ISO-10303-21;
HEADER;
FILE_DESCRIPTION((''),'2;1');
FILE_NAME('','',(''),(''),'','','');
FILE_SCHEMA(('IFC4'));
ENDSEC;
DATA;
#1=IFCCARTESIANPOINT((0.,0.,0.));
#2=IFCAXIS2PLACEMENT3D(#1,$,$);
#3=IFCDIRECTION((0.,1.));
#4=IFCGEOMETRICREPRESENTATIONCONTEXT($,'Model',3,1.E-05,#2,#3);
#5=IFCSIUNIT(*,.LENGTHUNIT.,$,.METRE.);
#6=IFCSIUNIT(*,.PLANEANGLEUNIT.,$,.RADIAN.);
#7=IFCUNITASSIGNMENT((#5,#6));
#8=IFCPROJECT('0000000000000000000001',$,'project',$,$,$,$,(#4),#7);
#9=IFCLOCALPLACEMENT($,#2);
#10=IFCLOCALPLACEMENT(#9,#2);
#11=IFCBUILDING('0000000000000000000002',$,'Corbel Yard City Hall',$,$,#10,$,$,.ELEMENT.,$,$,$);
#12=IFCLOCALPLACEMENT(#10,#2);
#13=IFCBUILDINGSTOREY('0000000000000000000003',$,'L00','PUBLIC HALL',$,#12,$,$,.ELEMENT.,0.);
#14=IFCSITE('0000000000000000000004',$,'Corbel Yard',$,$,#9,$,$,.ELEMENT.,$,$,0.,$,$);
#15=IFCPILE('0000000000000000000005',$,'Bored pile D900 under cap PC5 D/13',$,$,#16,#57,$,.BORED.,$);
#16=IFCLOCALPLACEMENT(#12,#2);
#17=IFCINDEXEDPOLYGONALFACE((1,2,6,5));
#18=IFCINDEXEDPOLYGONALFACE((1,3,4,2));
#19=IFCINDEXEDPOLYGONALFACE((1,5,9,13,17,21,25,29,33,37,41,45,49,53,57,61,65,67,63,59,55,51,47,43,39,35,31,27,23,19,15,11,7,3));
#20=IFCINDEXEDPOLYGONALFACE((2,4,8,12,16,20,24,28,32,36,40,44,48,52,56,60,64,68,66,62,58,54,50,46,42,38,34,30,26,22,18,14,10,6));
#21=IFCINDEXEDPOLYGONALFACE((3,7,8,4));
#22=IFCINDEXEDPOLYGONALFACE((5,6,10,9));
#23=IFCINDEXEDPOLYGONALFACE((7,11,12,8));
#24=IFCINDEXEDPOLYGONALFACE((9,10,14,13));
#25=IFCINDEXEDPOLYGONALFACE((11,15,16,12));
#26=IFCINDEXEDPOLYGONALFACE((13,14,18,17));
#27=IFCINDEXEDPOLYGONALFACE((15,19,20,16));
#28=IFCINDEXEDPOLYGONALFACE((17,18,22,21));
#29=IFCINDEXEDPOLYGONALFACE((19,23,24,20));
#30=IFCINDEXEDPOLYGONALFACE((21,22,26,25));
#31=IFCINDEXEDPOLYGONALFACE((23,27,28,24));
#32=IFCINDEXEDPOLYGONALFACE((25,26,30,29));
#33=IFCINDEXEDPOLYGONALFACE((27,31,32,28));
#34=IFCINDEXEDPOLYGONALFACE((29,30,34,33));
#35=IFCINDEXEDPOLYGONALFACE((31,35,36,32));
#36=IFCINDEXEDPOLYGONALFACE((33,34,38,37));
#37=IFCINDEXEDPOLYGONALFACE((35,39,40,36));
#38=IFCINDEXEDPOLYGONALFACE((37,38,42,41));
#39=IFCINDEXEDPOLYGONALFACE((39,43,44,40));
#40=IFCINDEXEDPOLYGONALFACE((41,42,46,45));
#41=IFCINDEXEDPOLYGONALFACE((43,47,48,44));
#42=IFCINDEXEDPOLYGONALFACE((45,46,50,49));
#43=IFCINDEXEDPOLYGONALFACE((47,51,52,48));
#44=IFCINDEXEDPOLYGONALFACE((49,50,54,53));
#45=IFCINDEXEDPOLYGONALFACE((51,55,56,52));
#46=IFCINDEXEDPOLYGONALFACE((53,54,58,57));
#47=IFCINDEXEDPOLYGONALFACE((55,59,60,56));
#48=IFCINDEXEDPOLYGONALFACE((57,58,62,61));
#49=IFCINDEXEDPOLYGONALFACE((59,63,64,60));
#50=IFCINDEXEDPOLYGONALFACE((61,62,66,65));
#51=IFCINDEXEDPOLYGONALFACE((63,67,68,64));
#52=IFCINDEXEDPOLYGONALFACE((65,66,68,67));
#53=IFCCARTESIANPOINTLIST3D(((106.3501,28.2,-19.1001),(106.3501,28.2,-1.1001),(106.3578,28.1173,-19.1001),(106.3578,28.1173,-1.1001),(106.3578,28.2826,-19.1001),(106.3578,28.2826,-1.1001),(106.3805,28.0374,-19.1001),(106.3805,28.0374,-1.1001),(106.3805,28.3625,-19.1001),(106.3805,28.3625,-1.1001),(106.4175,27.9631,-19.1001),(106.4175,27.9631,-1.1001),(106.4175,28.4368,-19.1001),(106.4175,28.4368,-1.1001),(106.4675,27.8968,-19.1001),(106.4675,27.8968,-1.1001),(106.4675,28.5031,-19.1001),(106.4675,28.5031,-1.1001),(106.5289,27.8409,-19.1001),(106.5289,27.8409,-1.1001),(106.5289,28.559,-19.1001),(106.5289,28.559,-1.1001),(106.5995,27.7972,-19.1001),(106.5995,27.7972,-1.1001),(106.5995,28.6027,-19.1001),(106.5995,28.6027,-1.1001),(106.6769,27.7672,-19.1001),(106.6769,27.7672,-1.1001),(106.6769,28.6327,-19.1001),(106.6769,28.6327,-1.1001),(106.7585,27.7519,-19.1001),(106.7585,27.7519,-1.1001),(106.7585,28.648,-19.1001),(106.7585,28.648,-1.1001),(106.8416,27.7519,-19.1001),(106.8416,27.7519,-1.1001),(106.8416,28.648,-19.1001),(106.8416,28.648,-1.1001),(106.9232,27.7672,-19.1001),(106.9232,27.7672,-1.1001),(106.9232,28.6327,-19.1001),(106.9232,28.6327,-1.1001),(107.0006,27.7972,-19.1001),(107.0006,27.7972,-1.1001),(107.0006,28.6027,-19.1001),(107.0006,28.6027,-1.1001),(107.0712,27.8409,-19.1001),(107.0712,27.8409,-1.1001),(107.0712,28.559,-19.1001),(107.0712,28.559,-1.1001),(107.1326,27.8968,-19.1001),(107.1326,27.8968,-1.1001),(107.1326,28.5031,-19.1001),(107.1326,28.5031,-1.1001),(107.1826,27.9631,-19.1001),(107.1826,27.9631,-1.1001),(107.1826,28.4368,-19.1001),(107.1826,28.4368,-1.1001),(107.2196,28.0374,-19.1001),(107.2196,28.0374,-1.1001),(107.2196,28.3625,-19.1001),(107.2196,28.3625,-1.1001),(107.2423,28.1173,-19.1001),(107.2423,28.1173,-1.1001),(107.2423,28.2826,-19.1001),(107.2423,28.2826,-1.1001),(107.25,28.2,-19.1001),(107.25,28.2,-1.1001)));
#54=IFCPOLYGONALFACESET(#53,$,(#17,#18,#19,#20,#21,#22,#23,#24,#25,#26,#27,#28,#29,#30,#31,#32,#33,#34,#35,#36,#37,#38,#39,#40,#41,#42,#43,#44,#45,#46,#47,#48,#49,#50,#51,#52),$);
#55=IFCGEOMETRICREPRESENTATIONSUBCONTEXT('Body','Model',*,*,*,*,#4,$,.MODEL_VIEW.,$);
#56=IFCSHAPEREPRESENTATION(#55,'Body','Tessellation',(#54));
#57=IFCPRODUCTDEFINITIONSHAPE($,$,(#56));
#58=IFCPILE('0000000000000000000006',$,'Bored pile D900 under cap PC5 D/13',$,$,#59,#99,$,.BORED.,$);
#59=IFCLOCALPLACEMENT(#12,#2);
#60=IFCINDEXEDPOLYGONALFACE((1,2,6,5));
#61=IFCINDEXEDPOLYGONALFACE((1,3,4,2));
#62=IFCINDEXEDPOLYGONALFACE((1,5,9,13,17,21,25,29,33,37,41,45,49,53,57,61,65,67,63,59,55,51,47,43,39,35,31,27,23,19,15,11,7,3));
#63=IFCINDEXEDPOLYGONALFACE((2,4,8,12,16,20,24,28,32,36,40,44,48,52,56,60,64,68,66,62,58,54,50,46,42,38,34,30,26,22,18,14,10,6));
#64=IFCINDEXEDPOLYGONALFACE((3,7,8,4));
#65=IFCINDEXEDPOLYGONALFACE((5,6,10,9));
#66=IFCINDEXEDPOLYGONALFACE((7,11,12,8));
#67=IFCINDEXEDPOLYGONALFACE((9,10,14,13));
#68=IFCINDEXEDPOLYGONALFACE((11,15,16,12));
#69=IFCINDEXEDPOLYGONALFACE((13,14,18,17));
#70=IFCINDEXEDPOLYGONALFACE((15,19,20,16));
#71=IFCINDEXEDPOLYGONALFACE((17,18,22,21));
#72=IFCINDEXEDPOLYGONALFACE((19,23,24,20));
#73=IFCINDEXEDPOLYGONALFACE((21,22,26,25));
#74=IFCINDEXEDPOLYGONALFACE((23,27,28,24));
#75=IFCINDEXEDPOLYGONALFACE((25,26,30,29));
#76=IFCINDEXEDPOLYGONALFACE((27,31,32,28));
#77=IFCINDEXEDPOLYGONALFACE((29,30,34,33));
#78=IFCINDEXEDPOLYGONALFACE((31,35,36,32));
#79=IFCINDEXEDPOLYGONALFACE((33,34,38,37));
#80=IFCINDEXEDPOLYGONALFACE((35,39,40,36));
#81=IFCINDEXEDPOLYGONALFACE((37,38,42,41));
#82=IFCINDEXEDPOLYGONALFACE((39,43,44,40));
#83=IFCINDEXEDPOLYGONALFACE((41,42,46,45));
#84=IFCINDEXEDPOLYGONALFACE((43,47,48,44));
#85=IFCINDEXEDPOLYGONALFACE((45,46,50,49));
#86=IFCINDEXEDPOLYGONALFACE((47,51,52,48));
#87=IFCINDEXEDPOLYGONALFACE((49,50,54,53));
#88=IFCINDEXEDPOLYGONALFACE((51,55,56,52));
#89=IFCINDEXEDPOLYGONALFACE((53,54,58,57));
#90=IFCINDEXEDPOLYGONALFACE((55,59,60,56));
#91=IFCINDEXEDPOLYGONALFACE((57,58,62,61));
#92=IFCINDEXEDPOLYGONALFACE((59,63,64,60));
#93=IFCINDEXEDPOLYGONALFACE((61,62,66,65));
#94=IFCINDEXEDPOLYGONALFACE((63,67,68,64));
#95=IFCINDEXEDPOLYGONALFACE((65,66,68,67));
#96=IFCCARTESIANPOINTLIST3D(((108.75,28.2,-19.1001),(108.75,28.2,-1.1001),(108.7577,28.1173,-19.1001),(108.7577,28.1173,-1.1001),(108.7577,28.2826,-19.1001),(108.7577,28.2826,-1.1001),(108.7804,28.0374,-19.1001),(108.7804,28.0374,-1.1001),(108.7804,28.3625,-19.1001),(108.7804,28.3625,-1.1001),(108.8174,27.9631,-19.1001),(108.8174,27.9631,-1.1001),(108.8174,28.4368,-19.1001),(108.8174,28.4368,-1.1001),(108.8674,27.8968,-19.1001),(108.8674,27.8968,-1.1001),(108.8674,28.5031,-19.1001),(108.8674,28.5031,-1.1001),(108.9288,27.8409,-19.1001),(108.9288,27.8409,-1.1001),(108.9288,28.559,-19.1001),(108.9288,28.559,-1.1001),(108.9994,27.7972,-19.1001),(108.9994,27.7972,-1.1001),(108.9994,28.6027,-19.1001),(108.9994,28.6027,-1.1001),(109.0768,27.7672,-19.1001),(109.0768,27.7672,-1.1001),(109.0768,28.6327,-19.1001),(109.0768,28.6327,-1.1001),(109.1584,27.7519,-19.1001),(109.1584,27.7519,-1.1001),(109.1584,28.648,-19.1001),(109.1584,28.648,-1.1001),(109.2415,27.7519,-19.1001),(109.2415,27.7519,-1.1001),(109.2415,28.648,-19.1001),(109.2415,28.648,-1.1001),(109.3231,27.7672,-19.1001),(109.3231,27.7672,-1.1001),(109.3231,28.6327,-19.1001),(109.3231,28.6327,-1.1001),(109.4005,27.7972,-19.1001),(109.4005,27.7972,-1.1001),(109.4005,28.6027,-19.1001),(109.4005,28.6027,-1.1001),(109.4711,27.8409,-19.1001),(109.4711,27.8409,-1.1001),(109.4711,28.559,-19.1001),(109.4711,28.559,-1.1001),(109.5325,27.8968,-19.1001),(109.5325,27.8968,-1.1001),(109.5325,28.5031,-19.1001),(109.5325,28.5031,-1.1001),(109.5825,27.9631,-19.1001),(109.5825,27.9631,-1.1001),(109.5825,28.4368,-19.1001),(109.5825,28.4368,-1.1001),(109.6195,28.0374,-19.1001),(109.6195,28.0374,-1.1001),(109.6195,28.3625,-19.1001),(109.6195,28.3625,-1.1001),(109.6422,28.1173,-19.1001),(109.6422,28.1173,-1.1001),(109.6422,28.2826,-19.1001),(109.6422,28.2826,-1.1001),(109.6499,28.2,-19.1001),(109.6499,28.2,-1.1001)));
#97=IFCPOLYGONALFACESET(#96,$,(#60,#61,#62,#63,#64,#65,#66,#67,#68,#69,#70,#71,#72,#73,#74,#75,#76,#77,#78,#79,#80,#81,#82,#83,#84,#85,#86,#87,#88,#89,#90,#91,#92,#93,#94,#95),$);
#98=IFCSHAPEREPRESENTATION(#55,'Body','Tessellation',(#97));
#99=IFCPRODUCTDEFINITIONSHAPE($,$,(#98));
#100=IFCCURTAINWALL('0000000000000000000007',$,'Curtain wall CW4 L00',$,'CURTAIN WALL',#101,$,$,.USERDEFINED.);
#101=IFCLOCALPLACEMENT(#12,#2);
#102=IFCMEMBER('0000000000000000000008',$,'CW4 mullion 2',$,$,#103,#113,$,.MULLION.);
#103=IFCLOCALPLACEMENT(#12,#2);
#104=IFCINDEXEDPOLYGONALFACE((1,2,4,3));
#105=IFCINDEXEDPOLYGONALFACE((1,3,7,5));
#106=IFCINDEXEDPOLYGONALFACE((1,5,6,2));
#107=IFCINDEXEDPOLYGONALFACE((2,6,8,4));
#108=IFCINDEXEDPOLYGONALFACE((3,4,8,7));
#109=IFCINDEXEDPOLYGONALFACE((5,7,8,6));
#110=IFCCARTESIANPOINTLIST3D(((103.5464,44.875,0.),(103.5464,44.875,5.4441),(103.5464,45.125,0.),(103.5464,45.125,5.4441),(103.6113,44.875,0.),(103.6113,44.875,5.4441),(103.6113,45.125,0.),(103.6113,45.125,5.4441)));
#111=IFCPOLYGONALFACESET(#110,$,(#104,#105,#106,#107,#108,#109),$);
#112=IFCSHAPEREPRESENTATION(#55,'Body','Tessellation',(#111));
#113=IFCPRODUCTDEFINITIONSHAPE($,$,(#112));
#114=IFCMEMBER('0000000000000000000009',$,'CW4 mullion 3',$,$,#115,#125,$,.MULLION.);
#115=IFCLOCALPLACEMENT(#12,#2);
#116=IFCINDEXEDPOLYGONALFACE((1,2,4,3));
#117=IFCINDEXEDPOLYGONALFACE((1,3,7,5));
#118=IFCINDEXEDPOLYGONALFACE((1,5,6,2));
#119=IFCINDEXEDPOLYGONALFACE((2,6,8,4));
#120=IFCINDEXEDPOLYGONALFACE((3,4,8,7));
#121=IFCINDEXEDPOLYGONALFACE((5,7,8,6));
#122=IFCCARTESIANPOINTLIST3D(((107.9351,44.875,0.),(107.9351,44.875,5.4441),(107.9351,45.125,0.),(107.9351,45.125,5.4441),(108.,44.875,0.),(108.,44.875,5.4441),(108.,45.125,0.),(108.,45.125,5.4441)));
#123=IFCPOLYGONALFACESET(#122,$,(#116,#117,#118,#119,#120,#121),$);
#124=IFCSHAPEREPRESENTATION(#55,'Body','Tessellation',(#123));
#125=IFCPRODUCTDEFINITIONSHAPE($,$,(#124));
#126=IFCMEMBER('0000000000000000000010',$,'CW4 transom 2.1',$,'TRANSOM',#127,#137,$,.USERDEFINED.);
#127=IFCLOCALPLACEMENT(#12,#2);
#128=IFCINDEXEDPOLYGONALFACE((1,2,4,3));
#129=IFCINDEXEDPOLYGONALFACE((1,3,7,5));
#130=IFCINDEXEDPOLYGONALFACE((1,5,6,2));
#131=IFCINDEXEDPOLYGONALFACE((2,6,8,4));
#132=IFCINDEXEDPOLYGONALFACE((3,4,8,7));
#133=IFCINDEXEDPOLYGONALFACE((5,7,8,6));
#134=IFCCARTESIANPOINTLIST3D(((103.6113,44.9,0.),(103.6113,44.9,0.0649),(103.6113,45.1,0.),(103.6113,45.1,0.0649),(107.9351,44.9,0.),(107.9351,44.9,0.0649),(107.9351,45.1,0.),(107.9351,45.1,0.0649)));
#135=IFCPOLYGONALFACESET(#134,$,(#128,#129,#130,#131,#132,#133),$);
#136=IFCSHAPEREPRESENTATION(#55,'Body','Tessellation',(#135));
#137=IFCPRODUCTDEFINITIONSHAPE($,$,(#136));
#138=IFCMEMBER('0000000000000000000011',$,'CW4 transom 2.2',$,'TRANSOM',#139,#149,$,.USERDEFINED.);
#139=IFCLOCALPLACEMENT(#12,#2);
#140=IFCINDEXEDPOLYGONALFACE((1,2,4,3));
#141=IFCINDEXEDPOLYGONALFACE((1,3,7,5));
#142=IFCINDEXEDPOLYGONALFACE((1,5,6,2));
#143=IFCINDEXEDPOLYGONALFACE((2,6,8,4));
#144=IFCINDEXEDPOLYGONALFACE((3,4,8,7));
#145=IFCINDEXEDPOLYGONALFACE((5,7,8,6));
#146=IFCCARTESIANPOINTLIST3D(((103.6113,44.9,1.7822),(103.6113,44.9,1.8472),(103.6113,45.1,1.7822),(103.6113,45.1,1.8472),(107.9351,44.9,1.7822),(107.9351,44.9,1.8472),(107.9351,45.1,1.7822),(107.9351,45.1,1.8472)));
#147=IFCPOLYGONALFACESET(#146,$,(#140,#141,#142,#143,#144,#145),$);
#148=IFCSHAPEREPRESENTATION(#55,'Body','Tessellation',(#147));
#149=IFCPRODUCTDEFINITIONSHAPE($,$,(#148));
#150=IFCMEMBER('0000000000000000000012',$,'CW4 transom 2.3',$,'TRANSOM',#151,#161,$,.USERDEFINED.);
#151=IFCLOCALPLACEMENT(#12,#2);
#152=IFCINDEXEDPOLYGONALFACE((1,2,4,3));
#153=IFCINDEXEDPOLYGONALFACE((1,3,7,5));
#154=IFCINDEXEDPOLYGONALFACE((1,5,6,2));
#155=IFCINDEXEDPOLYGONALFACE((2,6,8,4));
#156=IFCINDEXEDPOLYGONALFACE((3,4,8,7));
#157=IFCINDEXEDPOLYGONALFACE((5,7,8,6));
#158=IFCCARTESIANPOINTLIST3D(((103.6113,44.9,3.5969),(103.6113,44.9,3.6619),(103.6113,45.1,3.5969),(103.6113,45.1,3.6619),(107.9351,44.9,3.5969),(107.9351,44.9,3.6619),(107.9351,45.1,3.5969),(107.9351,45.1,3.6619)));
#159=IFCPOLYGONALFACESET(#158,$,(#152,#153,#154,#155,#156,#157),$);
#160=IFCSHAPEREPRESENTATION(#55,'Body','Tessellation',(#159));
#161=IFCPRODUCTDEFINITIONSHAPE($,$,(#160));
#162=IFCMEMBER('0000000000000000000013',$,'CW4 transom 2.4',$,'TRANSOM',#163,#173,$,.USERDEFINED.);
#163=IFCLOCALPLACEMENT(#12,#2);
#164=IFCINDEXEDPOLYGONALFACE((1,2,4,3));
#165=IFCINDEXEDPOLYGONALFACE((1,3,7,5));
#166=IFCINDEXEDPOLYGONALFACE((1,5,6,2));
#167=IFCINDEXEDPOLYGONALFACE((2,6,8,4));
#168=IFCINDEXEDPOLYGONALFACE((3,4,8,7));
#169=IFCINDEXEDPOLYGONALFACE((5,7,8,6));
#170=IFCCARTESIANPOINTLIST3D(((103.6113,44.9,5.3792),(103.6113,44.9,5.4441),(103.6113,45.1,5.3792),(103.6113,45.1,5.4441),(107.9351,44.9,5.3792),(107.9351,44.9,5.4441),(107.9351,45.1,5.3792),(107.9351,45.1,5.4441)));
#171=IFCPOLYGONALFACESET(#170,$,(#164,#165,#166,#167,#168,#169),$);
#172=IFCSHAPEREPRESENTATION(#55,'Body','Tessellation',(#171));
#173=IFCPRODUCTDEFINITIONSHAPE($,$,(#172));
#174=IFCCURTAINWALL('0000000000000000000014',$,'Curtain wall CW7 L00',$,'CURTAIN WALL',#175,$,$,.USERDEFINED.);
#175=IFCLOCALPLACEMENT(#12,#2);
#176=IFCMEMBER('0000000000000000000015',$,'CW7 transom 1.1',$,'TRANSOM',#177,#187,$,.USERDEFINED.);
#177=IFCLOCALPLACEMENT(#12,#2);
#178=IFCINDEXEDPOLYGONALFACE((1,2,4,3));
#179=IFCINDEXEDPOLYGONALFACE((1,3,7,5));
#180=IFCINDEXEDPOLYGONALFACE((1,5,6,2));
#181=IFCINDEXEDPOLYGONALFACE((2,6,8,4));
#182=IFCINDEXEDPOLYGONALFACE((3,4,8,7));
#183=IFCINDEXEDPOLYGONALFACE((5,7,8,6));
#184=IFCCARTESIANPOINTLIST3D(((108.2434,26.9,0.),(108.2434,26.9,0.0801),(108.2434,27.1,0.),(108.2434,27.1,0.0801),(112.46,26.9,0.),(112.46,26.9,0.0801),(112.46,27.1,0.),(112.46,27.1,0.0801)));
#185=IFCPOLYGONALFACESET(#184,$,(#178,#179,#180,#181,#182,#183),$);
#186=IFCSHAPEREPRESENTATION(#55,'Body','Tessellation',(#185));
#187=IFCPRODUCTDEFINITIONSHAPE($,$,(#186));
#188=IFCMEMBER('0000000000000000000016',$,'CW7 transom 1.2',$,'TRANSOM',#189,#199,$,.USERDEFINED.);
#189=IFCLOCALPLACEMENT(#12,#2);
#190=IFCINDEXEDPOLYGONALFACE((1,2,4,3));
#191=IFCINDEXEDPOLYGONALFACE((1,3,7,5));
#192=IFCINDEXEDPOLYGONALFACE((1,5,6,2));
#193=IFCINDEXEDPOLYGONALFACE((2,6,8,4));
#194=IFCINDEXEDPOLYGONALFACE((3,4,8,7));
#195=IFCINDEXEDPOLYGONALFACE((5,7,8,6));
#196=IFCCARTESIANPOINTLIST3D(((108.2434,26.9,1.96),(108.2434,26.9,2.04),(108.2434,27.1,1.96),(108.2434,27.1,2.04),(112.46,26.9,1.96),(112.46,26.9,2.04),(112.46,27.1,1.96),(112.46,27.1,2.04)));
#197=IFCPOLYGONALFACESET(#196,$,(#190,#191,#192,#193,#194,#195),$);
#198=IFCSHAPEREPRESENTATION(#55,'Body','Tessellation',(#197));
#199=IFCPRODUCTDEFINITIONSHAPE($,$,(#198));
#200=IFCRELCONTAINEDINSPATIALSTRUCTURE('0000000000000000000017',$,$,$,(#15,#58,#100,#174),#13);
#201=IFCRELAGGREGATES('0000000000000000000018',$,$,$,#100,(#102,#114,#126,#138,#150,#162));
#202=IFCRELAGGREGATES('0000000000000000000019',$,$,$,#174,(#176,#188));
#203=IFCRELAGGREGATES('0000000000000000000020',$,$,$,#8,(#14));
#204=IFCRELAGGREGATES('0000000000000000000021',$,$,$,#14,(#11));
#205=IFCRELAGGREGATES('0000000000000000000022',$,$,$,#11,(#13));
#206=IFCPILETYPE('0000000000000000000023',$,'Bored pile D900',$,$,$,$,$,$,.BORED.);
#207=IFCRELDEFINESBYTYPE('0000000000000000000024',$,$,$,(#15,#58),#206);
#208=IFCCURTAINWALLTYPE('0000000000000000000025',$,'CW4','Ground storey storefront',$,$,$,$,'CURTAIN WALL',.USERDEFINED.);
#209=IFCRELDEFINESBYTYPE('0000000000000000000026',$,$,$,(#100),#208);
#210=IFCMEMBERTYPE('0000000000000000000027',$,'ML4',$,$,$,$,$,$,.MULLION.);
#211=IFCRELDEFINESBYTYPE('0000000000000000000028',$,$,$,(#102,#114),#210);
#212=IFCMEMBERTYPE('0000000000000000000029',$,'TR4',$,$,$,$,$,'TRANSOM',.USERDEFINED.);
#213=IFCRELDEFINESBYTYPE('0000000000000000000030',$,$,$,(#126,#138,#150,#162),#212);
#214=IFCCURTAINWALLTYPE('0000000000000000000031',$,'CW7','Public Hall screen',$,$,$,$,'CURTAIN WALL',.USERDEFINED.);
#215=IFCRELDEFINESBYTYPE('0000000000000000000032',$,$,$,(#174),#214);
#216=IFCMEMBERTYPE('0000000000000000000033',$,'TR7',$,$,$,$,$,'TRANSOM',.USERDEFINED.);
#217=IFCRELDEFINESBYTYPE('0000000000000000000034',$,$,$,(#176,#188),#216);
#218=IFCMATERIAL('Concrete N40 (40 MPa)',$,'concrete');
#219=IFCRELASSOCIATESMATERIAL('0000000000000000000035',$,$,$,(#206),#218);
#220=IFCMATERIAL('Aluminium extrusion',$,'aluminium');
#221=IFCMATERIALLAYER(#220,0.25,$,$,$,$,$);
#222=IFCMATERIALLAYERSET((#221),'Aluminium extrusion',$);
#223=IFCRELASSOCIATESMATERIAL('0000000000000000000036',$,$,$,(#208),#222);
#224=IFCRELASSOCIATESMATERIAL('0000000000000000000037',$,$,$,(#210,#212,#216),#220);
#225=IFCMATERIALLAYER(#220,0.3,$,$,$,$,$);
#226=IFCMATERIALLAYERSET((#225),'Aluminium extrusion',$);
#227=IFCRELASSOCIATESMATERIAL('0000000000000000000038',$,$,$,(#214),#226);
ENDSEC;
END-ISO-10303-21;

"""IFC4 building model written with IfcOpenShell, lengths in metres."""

from ifc_helpers import new_model, si_unit, direction, frame, origin, origin_2d, place, context, subcontext, project, spatial, rectangle, circle, extrude, material, layer, layer_set, material_profile, profile_set, type_object, element, aggregate, save


model = new_model("IFC4")

# Units and contexts
model_context = context("Model", 3, precision=1e-05, world=origin(), true_north=direction((0.0, 1.0)))
body_context = subcontext(model_context, "Body", "Model", "MODEL_VIEW")
ifc_project = project(units=[si_unit("LENGTHUNIT", "METRE"), si_unit("PLANEANGLEUNIT", "RADIAN")], contexts=[model_context])

# Site, building, storey
site_placement = place(None, origin())
site = spatial("IfcSite", under=ifc_project, at=site_placement, Name="Corbel Yard", CompositionType="ELEMENT", RefElevation=0.0)
building_placement = place(site_placement, origin())
building = spatial("IfcBuilding", under=site, at=building_placement, Name="Corbel Yard City Hall", CompositionType="ELEMENT")
storey_placement = place(building_placement, origin())
storey = spatial("IfcBuildingStorey", under=building, at=storey_placement, Name="L00", Description="PUBLIC HALL", CompositionType="ELEMENT", Elevation=0.0)

# Piles
ifc_material_1 = material(Name="Concrete N40 (40 MPa)", Category="concrete")
ifc_material_profile_1 = material_profile(ifc_material_1, circle(Radius=0.45, at=origin_2d()), Name="D900")
ifc_profile_set_1 = profile_set([ifc_material_profile_1], Name="Concrete N40 (40 MPa)")
pile_type = type_object("IfcPileType", Name="Bored pile D900", PredefinedType="BORED", material=ifc_profile_set_1)
for number, where, z_axis, x_axis, name in (
    (1, (106.8, 28.2, -1.1001), (0.0, 0.0, -1.0), (1.0, 0.0, 0.0), "Bored pile D900 under cap PC5 D/13"),
    (2, (109.2, 28.2, -1.1001), (0.0, 0.0, -1.0), (1.0, 0.0, 0.0), "Bored pile D900 under cap PC5 D/13"),
):
    element("IfcPile", number, at=place(storey_placement, frame(where, z_axis=z_axis, x_axis=x_axis)), inside=storey, type_object=pile_type, Name=name, PredefinedType="BORED", context=body_context, shape_type="SweptSolid", body=[
        extrude(circle(Radius=0.45, at=origin_2d()), origin(), (0.0, 0.0, 1.0), 18.0),
    ])

# Curtain walls, members
ifc_material_2 = material(Name="Aluminium extrusion", Category="aluminium")
ifc_layer_1 = layer(ifc_material_2, 0.25)
ifc_layer_set_1 = layer_set([ifc_layer_1], Name="Aluminium extrusion")
curtain_wall_type_1 = type_object("IfcCurtainWallType", Name="CW4", Description="Ground storey storefront", ElementType="CURTAIN WALL", PredefinedType="USERDEFINED", material=ifc_layer_set_1)
curtain_wall_1_placement = place(storey_placement, origin())
curtain_wall_1 = element("IfcCurtainWall", 3, at=curtain_wall_1_placement, inside=storey, type_object=curtain_wall_type_1, Name="Curtain wall CW4 L00", ObjectType="CURTAIN WALL", PredefinedType="USERDEFINED")
ifc_material_profile_2 = material_profile(ifc_material_2, rectangle(XDim=0.25, YDim=0.0649, at=origin_2d()), Name="250x65")
ifc_profile_set_2 = profile_set([ifc_material_profile_2], Name="Aluminium extrusion")
member_type_1 = type_object("IfcMemberType", Name="ML4", PredefinedType="MULLION", material=ifc_profile_set_2)
member_1_placement = place(storey_placement, frame((103.5789, 45.0, 0.0), z_axis=(0.0, 0.0, 1.0), x_axis=(0.0, 1.0, 0.0)))
member_1 = element("IfcMember", 4, at=member_1_placement, type_object=member_type_1, Name="CW4 mullion 2", PredefinedType="MULLION", context=body_context, shape_type="SweptSolid", body=[
    extrude(rectangle(XDim=0.25, YDim=0.0649, at=origin_2d()), origin(), (0.0, 0.0, 1.0), 5.4441),
])
member_2_placement = place(storey_placement, frame((107.9675, 45.0, 0.0), z_axis=(0.0, 0.0, 1.0), x_axis=(0.0, 1.0, 0.0)))
member_2 = element("IfcMember", 5, at=member_2_placement, type_object=member_type_1, Name="CW4 mullion 3", PredefinedType="MULLION", context=body_context, shape_type="SweptSolid", body=[
    extrude(rectangle(XDim=0.25, YDim=0.0649, at=origin_2d()), origin(), (0.0, 0.0, 1.0), 5.4441),
])
ifc_material_profile_3 = material_profile(ifc_material_2, rectangle(XDim=0.2, YDim=0.0649, at=origin_2d()), Name="200x65")
ifc_profile_set_3 = profile_set([ifc_material_profile_3], Name="Aluminium extrusion")
member_type_2 = type_object("IfcMemberType", Name="TR4", ElementType="TRANSOM", PredefinedType="USERDEFINED", material=ifc_profile_set_3)
member_3_placement = place(storey_placement, frame((103.6113, 45.0, 0.0325), z_axis=(1.0, 0.0, 0.0), x_axis=(0.0, 1.0, 0.0)))
member_3 = element("IfcMember", 6, at=member_3_placement, type_object=member_type_2, Name="CW4 transom 2.1", ObjectType="TRANSOM", PredefinedType="USERDEFINED", context=body_context, shape_type="SweptSolid", body=[
    extrude(rectangle(XDim=0.2, YDim=0.0649, at=origin_2d()), origin(), (0.0, 0.0, 1.0), 4.3237),
])
member_4_placement = place(storey_placement, frame((103.6113, 45.0, 1.8147), z_axis=(1.0, 0.0, 0.0), x_axis=(0.0, 1.0, 0.0)))
member_4 = element("IfcMember", 7, at=member_4_placement, type_object=member_type_2, Name="CW4 transom 2.2", ObjectType="TRANSOM", PredefinedType="USERDEFINED", context=body_context, shape_type="SweptSolid", body=[
    extrude(rectangle(XDim=0.2, YDim=0.0649, at=origin_2d()), origin(), (0.0, 0.0, 1.0), 4.3237),
])
member_5_placement = place(storey_placement, frame((103.6113, 45.0, 3.6294), z_axis=(1.0, 0.0, 0.0), x_axis=(0.0, 1.0, 0.0)))
member_5 = element("IfcMember", 8, at=member_5_placement, type_object=member_type_2, Name="CW4 transom 2.3", ObjectType="TRANSOM", PredefinedType="USERDEFINED", context=body_context, shape_type="SweptSolid", body=[
    extrude(rectangle(XDim=0.2, YDim=0.0649, at=origin_2d()), origin(), (0.0, 0.0, 1.0), 4.3237),
])
member_6_placement = place(storey_placement, frame((103.6113, 45.0, 5.4116), z_axis=(1.0, 0.0, 0.0), x_axis=(0.0, 1.0, 0.0)))
member_6 = element("IfcMember", 9, at=member_6_placement, type_object=member_type_2, Name="CW4 transom 2.4", ObjectType="TRANSOM", PredefinedType="USERDEFINED", context=body_context, shape_type="SweptSolid", body=[
    extrude(rectangle(XDim=0.2, YDim=0.0649, at=origin_2d()), origin(), (0.0, 0.0, 1.0), 4.3237),
])
ifc_layer_2 = layer(ifc_material_2, 0.3)
ifc_layer_set_2 = layer_set([ifc_layer_2], Name="Aluminium extrusion")
curtain_wall_type_2 = type_object("IfcCurtainWallType", Name="CW7", Description="Public Hall screen", ElementType="CURTAIN WALL", PredefinedType="USERDEFINED", material=ifc_layer_set_2)
curtain_wall_2_placement = place(storey_placement, origin())
curtain_wall_2 = element("IfcCurtainWall", 10, at=curtain_wall_2_placement, inside=storey, type_object=curtain_wall_type_2, Name="Curtain wall CW7 L00", ObjectType="CURTAIN WALL", PredefinedType="USERDEFINED")
ifc_material_profile_4 = material_profile(ifc_material_2, rectangle(XDim=0.2, YDim=0.0801, at=origin_2d()), Name="200x80")
ifc_profile_set_4 = profile_set([ifc_material_profile_4], Name="Aluminium extrusion")
member_type_3 = type_object("IfcMemberType", Name="TR7", ElementType="TRANSOM", PredefinedType="USERDEFINED", material=ifc_profile_set_4)
member_7_placement = place(storey_placement, frame((108.2434, 27.0, 0.04), z_axis=(1.0, 0.0, 0.0), x_axis=(0.0, 1.0, 0.0)))
member_7 = element("IfcMember", 11, at=member_7_placement, type_object=member_type_3, Name="CW7 transom 1.1", ObjectType="TRANSOM", PredefinedType="USERDEFINED", context=body_context, shape_type="SweptSolid", body=[
    extrude(rectangle(XDim=0.2, YDim=0.0801, at=origin_2d()), origin(), (0.0, 0.0, 1.0), 4.2166),
])
member_8_placement = place(storey_placement, frame((108.2434, 27.0, 2.0), z_axis=(1.0, 0.0, 0.0), x_axis=(0.0, 1.0, 0.0)))
member_8 = element("IfcMember", 12, at=member_8_placement, type_object=member_type_3, Name="CW7 transom 1.2", ObjectType="TRANSOM", PredefinedType="USERDEFINED", context=body_context, shape_type="SweptSolid", body=[
    extrude(rectangle(XDim=0.2, YDim=0.0801, at=origin_2d()), origin(), (0.0, 0.0, 1.0), 4.2166),
])

aggregate(curtain_wall_1, [member_1, member_2, member_3, member_4, member_5, member_6])
aggregate(curtain_wall_2, [member_7, member_8])

save(model, "model.ifc")
